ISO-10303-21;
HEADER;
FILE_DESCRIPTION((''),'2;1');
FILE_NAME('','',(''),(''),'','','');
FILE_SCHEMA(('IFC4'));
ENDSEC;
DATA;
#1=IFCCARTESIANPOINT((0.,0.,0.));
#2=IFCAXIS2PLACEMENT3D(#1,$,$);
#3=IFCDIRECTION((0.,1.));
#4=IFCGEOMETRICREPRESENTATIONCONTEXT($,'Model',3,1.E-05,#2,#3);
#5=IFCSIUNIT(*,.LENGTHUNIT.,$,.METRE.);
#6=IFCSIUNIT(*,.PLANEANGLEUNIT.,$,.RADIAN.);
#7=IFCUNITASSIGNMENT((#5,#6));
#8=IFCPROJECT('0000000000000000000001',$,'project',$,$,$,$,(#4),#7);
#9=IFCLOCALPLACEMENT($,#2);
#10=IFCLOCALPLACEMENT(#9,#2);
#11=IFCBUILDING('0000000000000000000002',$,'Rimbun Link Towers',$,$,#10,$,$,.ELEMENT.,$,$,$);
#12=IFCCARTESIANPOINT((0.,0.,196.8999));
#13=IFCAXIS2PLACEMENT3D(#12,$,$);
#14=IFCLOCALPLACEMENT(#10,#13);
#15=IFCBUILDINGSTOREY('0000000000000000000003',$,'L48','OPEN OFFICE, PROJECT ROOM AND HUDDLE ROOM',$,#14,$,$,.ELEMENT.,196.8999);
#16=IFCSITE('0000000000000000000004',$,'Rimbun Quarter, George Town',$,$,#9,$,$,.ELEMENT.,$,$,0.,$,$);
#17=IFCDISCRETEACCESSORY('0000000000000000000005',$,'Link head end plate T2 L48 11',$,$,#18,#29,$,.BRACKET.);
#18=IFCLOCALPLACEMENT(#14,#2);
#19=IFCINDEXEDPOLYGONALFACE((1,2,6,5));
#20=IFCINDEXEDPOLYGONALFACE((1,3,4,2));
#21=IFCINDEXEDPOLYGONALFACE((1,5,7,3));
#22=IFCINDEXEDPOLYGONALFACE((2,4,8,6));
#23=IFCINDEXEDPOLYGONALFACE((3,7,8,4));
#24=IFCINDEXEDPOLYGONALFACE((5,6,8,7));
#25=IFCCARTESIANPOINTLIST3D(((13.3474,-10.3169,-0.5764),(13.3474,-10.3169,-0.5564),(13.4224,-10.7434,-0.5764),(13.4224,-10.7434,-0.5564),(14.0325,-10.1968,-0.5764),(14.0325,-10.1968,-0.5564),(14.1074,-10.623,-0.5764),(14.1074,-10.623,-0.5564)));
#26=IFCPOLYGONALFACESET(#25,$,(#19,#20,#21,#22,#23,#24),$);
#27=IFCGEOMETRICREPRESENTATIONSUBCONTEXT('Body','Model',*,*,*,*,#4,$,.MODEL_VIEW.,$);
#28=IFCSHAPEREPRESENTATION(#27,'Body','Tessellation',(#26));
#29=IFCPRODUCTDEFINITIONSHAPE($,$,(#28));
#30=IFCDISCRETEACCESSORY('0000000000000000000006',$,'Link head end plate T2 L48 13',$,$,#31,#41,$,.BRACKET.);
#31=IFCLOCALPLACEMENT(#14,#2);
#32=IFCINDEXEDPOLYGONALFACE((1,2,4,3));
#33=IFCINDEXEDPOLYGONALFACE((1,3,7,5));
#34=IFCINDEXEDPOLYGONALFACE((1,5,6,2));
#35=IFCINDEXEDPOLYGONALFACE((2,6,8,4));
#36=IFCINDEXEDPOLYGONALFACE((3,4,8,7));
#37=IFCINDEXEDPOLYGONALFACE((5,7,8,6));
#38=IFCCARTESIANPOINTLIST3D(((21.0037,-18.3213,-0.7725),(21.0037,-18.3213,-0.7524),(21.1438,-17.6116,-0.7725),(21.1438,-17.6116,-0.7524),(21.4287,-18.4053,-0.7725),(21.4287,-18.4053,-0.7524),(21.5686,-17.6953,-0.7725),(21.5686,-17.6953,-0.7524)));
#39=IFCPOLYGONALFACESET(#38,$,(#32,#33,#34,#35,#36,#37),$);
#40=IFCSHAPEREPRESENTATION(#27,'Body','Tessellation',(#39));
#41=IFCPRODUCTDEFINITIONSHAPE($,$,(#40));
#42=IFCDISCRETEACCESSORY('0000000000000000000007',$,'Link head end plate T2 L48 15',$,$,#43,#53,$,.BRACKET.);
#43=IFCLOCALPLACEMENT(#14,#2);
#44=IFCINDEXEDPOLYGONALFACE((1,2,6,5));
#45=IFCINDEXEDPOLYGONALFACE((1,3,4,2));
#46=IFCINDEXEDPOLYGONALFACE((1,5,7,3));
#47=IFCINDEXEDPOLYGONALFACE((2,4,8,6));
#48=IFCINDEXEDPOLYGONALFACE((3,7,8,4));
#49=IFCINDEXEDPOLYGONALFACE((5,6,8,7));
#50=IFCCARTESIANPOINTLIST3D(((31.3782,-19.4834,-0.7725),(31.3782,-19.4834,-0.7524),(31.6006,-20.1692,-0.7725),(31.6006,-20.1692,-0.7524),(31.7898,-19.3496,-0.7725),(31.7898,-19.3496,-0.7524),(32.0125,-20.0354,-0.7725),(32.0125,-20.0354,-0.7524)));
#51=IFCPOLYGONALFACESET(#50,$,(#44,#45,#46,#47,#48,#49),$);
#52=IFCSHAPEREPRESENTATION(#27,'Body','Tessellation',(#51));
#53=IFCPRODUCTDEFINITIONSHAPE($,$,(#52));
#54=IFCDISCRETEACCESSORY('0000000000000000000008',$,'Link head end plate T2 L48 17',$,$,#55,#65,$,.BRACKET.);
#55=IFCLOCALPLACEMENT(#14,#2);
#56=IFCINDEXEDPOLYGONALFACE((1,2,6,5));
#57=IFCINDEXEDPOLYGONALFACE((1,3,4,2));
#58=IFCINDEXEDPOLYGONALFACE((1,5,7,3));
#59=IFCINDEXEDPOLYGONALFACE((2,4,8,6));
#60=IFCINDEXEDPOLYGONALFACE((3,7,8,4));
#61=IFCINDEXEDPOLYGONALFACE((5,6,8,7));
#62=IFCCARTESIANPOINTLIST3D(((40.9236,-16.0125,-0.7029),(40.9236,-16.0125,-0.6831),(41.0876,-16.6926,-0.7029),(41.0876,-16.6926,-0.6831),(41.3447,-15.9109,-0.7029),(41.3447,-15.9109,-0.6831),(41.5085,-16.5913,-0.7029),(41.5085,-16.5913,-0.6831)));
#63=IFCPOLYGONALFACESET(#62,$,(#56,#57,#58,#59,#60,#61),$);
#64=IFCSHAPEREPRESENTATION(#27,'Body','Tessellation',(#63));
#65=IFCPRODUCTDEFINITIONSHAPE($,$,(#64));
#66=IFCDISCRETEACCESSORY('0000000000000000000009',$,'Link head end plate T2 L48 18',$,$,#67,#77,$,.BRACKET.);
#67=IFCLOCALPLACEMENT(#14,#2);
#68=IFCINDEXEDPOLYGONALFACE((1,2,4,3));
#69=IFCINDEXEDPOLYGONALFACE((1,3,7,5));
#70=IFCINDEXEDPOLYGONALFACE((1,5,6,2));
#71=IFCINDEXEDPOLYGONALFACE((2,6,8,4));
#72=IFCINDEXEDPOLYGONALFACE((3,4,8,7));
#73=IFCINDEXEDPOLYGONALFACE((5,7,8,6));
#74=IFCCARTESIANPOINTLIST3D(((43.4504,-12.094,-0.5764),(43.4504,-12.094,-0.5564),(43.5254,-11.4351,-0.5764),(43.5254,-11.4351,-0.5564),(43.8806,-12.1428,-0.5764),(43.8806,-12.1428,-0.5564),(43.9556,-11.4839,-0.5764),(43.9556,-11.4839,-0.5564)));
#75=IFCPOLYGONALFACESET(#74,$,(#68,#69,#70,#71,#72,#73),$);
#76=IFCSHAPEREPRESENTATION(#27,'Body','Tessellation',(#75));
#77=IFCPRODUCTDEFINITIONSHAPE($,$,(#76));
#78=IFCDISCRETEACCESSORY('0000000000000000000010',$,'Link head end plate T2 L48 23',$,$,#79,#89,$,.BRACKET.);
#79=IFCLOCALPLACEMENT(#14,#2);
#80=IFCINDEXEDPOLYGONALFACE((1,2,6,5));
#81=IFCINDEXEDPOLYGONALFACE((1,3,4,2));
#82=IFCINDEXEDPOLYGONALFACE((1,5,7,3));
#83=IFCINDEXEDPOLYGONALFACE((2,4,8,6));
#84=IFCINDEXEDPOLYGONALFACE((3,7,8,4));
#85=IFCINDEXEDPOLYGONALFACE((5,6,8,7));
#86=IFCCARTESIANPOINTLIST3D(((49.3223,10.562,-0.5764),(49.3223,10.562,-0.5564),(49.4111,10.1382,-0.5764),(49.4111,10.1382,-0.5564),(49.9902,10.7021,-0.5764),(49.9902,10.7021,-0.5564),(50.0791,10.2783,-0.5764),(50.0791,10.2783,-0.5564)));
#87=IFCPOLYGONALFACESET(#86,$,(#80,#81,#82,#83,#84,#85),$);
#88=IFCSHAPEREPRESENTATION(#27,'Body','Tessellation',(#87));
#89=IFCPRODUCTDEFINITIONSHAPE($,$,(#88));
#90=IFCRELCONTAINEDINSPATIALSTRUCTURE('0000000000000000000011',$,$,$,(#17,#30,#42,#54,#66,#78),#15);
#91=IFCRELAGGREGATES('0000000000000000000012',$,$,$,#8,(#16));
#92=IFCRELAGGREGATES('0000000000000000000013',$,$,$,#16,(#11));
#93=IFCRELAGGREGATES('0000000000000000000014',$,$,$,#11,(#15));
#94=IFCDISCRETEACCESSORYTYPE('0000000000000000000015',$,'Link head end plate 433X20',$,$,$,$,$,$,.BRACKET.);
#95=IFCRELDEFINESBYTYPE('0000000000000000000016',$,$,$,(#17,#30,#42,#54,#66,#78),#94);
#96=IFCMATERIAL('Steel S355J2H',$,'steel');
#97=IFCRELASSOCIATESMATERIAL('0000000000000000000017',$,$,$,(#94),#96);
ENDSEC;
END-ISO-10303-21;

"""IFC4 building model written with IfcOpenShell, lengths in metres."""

from ifc_helpers import new_model, si_unit, direction, frame, origin, origin_2d, place, context, subcontext, project, spatial, polyline, rectangle, outline, extrude, material, material_profile, profile_set, type_object, element, save


model = new_model("IFC4")

# Units and contexts
model_context = context("Model", 3, precision=1e-05, world=origin(), true_north=direction((0.0, 1.0)))
body_context = subcontext(model_context, "Body", "Model", "MODEL_VIEW")
ifc_project = project(units=[si_unit("LENGTHUNIT", "METRE"), si_unit("PLANEANGLEUNIT", "RADIAN")], contexts=[model_context])

# Site, building, storey
site_placement = place(None, origin())
site = spatial("IfcSite", under=ifc_project, at=site_placement, Name="Rimbun Quarter, George Town", CompositionType="ELEMENT", RefElevation=0.0)
building_placement = place(site_placement, origin())
building = spatial("IfcBuilding", under=site, at=building_placement, Name="Rimbun Link Towers", CompositionType="ELEMENT")
storey_placement = place(building_placement, frame((0.0, 0.0, 196.8999)))
storey = spatial("IfcBuildingStorey", under=building, at=storey_placement, Name="L48", Description="OPEN OFFICE, PROJECT ROOM AND HUDDLE ROOM", CompositionType="ELEMENT", Elevation=196.8999)

# Discrete accessories
ifc_material_1 = material(Name="Steel S355J2H", Category="steel")
ifc_material_profile_1 = material_profile(ifc_material_1, rectangle(XDim=0.4331, YDim=0.4331, at=origin_2d()), Name="PL 433x433")
ifc_profile_set_1 = profile_set([ifc_material_profile_1], Name="Steel S355J2H")
discrete_accessory_type_1 = type_object("IfcDiscreteAccessoryType", Name="Link head end plate 433X20", PredefinedType="BRACKET", material=ifc_profile_set_1)
discrete_accessory_1_placement = place(storey_placement, frame((0.0, 0.0, -0.5764)))
element("IfcDiscreteAccessory", 1, at=discrete_accessory_1_placement, inside=storey, type_object=discrete_accessory_type_1, Name="Link head end plate T2 L48 11", PredefinedType="BRACKET", context=body_context, shape_type="SweptSolid", body=[
    extrude(outline(polyline([(14.0325, -10.1968), (13.3474, -10.3169), (13.4224, -10.7434), (14.1074, -10.623), (14.0325, -10.1968)])), origin(), (0.0, 0.0, 1.0), 0.02),
])
discrete_accessory_2_placement = place(storey_placement, frame((0.0, 0.0, -0.7725)))
element("IfcDiscreteAccessory", 2, at=discrete_accessory_2_placement, inside=storey, type_object=discrete_accessory_type_1, Name="Link head end plate T2 L48 13", PredefinedType="BRACKET", context=body_context, shape_type="SweptSolid", body=[
    extrude(outline(polyline([(21.1438, -17.6116), (21.0037, -18.3213), (21.4287, -18.4053), (21.5686, -17.6953), (21.1438, -17.6116)])), origin(), (0.0, 0.0, 1.0), 0.02),
])
discrete_accessory_3_placement = place(storey_placement, frame((0.0, 0.0, -0.7725)))
element("IfcDiscreteAccessory", 3, at=discrete_accessory_3_placement, inside=storey, type_object=discrete_accessory_type_1, Name="Link head end plate T2 L48 15", PredefinedType="BRACKET", context=body_context, shape_type="SweptSolid", body=[
    extrude(outline(polyline([(31.3782, -19.4834), (31.6006, -20.1692), (32.0125, -20.0354), (31.7898, -19.3496), (31.3782, -19.4834)])), origin(), (0.0, 0.0, 1.0), 0.02),
])
discrete_accessory_4_placement = place(storey_placement, frame((0.0, 0.0, -0.7029)))
element("IfcDiscreteAccessory", 4, at=discrete_accessory_4_placement, inside=storey, type_object=discrete_accessory_type_1, Name="Link head end plate T2 L48 17", PredefinedType="BRACKET", context=body_context, shape_type="SweptSolid", body=[
    extrude(outline(polyline([(40.9236, -16.0125), (41.0876, -16.6926), (41.5085, -16.5913), (41.3447, -15.9109), (40.9236, -16.0125)])), origin(), (0.0, 0.0, 1.0), 0.0198),
])
discrete_accessory_5_placement = place(storey_placement, frame((0.0, 0.0, -0.5764)))
element("IfcDiscreteAccessory", 5, at=discrete_accessory_5_placement, inside=storey, type_object=discrete_accessory_type_1, Name="Link head end plate T2 L48 18", PredefinedType="BRACKET", context=body_context, shape_type="SweptSolid", body=[
    extrude(outline(polyline([(43.5254, -11.4351), (43.4504, -12.094), (43.8806, -12.1428), (43.9556, -11.4839), (43.5254, -11.4351)])), origin(), (0.0, 0.0, 1.0), 0.02),
])
discrete_accessory_6_placement = place(storey_placement, frame((0.0, 0.0, -0.5764)))
element("IfcDiscreteAccessory", 6, at=discrete_accessory_6_placement, inside=storey, type_object=discrete_accessory_type_1, Name="Link head end plate T2 L48 23", PredefinedType="BRACKET", context=body_context, shape_type="SweptSolid", body=[
    extrude(outline(polyline([(49.4111, 10.1382), (50.0791, 10.2783), (49.9902, 10.7021), (49.3223, 10.562), (49.4111, 10.1382)])), origin(), (0.0, 0.0, 1.0), 0.02),
])

save(model, "model.ifc")
